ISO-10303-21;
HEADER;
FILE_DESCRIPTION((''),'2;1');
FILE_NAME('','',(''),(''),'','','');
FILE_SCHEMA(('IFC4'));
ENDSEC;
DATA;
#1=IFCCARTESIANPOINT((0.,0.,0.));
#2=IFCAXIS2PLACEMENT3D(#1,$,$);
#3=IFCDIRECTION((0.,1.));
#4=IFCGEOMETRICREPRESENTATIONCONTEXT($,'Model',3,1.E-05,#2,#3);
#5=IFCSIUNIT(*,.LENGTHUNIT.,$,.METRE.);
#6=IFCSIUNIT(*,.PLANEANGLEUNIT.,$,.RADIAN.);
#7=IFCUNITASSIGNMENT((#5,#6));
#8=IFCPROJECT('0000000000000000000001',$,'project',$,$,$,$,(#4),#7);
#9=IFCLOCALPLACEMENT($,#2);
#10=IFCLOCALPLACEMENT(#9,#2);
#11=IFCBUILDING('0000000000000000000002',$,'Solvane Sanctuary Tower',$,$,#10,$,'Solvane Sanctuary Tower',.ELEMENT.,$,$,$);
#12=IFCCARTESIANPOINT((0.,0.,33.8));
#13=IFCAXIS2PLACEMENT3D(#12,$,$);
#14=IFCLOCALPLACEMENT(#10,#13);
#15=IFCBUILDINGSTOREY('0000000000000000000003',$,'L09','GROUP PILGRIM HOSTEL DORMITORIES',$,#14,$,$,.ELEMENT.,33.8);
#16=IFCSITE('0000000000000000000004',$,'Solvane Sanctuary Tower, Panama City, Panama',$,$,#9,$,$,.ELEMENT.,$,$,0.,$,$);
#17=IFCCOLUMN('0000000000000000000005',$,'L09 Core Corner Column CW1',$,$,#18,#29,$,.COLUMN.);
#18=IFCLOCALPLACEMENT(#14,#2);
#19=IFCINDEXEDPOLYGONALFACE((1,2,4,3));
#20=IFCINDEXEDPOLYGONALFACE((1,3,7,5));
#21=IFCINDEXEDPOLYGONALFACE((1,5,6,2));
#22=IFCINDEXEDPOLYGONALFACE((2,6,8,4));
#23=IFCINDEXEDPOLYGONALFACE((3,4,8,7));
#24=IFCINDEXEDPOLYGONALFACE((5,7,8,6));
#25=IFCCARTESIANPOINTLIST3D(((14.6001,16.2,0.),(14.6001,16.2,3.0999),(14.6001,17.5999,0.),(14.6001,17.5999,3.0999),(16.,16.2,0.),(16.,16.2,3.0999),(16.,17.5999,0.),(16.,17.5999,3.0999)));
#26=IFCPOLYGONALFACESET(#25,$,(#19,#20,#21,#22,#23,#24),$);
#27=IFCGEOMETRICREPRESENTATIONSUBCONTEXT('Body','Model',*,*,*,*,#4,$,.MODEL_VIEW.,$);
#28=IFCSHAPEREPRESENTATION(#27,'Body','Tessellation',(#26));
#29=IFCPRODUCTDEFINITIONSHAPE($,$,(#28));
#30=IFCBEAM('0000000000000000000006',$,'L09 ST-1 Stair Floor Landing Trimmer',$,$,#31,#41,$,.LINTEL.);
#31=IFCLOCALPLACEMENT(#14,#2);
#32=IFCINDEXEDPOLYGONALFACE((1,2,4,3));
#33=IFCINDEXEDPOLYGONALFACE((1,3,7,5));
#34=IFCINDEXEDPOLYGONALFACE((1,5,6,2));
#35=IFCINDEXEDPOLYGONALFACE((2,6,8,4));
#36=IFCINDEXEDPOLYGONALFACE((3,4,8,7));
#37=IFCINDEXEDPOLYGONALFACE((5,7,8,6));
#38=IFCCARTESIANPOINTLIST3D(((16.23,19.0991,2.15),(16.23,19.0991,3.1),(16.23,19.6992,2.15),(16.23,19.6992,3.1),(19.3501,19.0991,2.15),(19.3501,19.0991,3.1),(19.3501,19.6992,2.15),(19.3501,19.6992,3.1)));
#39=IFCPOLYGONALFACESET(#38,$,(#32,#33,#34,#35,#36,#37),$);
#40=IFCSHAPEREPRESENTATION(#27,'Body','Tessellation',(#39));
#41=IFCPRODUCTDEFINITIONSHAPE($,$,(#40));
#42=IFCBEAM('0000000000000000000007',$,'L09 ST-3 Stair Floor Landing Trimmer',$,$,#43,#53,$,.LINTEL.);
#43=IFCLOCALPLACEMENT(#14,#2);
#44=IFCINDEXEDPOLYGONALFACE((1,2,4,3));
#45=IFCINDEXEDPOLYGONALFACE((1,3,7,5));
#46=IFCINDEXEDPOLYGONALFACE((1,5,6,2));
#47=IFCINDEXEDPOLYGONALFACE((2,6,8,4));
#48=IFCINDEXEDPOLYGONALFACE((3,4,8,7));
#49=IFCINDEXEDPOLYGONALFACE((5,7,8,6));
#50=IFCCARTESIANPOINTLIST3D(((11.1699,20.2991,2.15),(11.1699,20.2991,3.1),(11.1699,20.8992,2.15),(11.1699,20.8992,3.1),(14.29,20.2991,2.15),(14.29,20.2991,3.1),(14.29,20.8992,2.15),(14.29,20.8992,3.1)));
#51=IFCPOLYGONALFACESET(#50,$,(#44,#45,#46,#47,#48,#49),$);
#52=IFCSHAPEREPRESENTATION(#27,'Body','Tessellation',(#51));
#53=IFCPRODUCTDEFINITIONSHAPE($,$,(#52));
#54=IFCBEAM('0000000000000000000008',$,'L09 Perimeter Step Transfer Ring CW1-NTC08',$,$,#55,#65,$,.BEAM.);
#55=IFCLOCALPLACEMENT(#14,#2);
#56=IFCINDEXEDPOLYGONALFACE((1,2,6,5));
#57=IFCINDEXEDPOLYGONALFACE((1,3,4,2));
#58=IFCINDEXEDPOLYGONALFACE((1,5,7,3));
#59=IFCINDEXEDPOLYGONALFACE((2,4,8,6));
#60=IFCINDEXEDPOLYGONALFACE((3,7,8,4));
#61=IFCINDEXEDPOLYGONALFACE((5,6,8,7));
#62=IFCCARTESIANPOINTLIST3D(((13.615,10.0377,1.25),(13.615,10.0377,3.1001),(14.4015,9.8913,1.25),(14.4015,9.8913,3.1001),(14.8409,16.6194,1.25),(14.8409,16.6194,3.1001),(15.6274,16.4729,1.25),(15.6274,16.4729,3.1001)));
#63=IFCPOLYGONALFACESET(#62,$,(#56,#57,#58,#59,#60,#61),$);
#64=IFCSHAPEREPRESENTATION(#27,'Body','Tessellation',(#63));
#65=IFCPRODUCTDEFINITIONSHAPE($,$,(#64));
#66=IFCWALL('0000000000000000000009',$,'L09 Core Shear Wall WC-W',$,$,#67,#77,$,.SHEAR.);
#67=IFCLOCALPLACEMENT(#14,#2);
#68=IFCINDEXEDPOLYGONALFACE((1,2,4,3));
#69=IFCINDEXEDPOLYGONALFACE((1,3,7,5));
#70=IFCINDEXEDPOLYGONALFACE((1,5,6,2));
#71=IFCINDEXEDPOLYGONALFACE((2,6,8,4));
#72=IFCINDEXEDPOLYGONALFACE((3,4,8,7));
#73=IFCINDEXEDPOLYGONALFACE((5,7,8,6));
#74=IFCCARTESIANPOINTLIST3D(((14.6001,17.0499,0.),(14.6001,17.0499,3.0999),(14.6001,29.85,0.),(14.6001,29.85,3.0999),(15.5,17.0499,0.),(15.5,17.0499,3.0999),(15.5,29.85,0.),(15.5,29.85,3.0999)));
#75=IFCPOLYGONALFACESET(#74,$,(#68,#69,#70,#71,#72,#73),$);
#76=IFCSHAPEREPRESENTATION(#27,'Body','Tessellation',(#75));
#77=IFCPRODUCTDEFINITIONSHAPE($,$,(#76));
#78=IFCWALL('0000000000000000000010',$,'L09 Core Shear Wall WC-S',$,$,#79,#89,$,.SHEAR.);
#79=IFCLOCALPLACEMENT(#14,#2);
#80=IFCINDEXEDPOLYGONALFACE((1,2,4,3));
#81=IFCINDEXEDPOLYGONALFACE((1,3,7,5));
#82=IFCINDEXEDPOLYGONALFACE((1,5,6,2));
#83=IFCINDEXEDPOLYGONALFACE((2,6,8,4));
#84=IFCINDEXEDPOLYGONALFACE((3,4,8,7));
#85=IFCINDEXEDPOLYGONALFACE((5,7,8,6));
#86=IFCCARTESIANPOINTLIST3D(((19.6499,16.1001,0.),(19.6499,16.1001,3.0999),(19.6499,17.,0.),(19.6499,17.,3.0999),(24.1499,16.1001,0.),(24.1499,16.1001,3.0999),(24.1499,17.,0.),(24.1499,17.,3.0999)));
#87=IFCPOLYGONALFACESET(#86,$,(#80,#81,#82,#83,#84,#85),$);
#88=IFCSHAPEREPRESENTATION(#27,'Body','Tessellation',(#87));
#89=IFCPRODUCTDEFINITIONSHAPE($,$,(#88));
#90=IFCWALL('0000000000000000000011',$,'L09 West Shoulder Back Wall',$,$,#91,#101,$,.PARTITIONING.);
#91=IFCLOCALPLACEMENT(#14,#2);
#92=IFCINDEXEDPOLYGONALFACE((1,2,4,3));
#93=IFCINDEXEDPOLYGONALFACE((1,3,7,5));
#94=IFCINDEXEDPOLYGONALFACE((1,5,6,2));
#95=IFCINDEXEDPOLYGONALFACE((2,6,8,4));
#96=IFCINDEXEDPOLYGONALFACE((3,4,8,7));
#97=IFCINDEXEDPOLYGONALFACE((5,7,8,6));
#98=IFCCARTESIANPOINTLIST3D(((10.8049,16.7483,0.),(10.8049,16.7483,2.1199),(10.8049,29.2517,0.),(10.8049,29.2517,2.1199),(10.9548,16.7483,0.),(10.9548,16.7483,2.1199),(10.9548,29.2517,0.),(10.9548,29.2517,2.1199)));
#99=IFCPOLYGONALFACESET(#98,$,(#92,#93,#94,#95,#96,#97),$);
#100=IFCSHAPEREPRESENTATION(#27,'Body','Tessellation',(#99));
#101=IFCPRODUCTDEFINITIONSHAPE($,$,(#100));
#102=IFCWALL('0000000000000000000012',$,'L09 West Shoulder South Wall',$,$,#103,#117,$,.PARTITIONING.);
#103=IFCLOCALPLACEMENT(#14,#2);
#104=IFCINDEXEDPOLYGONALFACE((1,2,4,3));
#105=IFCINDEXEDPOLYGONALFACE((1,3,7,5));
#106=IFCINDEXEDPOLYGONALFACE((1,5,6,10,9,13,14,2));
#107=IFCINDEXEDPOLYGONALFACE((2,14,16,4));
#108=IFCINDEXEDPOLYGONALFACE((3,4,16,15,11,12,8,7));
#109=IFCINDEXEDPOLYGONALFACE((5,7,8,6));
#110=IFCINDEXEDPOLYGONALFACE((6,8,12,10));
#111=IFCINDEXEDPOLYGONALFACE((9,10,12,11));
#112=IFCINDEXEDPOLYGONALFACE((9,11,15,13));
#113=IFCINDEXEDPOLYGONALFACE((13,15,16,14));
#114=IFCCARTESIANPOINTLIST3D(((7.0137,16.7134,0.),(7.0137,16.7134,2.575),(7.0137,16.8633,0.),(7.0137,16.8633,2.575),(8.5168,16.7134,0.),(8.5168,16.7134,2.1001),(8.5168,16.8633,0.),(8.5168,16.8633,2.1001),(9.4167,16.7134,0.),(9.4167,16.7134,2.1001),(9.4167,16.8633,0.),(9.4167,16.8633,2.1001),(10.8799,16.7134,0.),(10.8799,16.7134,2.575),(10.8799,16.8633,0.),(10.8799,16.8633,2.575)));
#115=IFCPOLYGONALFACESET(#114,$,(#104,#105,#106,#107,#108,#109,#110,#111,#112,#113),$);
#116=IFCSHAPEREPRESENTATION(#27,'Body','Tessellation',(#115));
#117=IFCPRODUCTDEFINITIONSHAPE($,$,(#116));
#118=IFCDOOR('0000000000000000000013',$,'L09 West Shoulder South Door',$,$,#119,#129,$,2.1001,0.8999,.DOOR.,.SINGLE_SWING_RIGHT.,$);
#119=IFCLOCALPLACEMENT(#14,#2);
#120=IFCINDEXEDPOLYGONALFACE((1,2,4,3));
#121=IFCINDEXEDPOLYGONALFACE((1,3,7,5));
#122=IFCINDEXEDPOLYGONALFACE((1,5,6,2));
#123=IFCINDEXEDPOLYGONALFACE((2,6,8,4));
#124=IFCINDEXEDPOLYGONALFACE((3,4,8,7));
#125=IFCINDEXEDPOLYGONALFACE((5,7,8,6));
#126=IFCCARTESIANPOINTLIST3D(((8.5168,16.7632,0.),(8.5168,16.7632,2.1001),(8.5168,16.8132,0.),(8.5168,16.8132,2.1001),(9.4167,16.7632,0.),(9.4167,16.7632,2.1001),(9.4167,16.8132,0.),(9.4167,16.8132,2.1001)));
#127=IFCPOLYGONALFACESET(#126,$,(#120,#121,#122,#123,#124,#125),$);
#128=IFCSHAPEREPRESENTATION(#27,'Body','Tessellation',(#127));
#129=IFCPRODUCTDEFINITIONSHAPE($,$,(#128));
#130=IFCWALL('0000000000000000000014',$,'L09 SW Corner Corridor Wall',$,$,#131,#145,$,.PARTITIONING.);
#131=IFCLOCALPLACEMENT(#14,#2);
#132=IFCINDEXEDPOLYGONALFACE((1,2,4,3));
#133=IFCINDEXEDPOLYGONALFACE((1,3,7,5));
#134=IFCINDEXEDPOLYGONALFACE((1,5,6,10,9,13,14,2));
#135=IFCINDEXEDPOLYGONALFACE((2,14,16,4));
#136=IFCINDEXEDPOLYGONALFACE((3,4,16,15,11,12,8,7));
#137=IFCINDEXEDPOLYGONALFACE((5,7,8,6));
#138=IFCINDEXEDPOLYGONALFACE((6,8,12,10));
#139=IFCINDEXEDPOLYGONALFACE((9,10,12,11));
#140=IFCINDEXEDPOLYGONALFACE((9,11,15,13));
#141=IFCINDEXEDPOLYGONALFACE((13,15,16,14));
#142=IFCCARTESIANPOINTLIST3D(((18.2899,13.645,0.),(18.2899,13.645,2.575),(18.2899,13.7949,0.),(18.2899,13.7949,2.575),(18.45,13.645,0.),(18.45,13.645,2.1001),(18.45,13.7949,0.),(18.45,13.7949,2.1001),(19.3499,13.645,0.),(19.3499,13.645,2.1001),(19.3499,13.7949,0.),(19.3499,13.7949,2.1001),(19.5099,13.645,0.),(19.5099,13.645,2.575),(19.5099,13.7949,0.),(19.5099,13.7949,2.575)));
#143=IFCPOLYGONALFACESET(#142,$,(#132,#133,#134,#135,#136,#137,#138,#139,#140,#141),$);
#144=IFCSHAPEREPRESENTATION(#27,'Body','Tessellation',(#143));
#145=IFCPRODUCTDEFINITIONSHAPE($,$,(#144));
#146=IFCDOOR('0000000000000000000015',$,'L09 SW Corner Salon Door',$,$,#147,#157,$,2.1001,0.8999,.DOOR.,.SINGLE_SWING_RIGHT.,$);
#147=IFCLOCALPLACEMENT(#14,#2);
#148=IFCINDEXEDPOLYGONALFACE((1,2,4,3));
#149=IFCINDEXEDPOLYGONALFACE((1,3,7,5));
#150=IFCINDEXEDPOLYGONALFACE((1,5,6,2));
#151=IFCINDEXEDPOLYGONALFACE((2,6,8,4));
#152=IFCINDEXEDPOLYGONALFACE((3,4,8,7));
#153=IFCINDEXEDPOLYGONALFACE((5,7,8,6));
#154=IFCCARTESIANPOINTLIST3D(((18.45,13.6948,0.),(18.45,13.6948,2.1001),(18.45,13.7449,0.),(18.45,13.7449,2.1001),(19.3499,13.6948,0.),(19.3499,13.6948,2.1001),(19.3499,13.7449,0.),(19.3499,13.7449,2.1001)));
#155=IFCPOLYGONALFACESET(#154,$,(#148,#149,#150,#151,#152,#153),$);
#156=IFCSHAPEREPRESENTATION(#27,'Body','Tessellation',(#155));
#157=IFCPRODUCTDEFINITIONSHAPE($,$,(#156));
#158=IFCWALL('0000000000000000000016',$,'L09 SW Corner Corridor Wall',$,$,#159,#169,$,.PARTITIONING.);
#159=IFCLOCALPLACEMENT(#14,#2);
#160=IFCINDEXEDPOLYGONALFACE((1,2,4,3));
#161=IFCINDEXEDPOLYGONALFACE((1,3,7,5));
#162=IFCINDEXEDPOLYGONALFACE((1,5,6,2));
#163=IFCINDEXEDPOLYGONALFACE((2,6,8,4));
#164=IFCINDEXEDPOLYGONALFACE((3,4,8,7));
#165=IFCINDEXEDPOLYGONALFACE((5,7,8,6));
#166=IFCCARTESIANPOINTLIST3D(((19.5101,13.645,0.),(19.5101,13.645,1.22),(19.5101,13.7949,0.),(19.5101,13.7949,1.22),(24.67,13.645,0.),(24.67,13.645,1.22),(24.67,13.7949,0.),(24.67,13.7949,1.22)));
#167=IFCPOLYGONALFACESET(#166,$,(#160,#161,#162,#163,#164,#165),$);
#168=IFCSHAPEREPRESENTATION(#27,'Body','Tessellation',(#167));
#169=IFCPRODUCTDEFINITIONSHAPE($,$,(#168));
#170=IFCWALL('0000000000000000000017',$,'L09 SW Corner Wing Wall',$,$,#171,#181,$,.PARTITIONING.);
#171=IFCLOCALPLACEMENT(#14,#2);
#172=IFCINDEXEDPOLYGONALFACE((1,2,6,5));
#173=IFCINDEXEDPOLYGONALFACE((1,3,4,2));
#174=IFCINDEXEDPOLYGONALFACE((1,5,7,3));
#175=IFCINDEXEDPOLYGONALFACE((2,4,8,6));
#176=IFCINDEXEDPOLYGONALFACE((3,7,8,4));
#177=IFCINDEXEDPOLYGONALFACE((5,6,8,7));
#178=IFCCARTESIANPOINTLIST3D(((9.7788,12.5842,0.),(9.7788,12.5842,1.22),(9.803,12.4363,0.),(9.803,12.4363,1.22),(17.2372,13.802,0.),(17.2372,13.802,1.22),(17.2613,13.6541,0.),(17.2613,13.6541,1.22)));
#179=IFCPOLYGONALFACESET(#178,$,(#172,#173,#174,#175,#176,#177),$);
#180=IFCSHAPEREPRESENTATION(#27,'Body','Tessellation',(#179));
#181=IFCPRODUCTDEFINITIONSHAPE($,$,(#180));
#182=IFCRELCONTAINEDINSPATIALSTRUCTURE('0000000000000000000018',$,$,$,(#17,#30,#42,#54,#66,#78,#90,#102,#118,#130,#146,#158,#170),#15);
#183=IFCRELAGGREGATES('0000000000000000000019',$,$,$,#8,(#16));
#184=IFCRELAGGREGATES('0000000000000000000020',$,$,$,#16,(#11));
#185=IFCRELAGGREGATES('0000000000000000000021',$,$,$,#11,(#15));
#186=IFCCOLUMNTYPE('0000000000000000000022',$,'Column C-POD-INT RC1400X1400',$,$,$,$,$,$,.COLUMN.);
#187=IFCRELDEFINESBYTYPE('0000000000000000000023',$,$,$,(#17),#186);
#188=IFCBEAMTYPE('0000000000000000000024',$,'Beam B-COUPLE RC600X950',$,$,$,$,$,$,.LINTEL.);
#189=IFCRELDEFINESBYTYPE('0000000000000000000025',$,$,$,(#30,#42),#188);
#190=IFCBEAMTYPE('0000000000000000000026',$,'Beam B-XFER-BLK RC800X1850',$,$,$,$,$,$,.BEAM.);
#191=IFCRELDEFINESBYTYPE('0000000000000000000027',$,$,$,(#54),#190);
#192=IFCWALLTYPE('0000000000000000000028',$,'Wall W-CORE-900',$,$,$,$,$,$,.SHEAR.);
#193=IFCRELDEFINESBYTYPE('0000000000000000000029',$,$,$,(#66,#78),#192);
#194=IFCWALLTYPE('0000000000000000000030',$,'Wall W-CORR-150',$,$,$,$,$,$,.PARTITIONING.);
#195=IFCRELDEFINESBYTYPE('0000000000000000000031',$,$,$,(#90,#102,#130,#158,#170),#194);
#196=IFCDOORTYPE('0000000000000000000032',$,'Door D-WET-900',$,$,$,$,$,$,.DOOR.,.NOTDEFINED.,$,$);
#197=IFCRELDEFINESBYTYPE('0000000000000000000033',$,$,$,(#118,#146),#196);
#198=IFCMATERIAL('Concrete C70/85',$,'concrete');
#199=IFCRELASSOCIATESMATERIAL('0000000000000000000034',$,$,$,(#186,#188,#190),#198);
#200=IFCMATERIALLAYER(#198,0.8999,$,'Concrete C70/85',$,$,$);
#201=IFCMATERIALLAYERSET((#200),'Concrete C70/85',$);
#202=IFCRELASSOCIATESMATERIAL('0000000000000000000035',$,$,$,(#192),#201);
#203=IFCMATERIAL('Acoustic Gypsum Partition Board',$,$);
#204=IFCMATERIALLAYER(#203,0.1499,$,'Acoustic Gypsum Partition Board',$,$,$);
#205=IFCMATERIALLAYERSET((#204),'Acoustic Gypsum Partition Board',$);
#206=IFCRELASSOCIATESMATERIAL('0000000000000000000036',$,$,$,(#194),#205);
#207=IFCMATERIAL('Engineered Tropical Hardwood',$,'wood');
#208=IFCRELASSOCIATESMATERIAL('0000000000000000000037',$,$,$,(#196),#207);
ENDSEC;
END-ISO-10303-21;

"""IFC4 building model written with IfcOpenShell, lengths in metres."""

from ifc_helpers import new_model, si_unit, direction, frame, frame_2d, origin, origin_2d, place, context, subcontext, project, spatial, rectangle, extrude, material, layer, layer_set, material_profile, profile_set, type_object, element, fill, save


model = new_model("IFC4")

# Units and contexts
model_context = context("Model", 3, precision=1e-05, world=origin(), true_north=direction((0.0, 1.0)))
body_context = subcontext(model_context, "Body", "Model", "MODEL_VIEW")
ifc_project = project(units=[si_unit("LENGTHUNIT", "METRE"), si_unit("PLANEANGLEUNIT", "RADIAN")], contexts=[model_context])

# Site, building, storey
site_placement = place(None, origin())
site = spatial("IfcSite", under=ifc_project, at=site_placement, Name="Solvane Sanctuary Tower, Panama City, Panama", CompositionType="ELEMENT", RefElevation=0.0)
building_placement = place(site_placement, origin())
building = spatial("IfcBuilding", under=site, at=building_placement, Name="Solvane Sanctuary Tower", LongName="Solvane Sanctuary Tower", CompositionType="ELEMENT")
storey_placement = place(building_placement, frame((0.0, 0.0, 33.8)))
storey = spatial("IfcBuildingStorey", under=building, at=storey_placement, Name="L09", Description="GROUP PILGRIM HOSTEL DORMITORIES", CompositionType="ELEMENT", Elevation=33.8)

# Column
ifc_material_1 = material(Name="Concrete C70/85", Category="concrete")
ifc_material_profile_1 = material_profile(ifc_material_1, rectangle(XDim=1.3999, YDim=1.3999, at=origin_2d()), Name="RC1400X1400")
ifc_profile_set_1 = profile_set([ifc_material_profile_1], Name="Concrete C70/85")
column_type = type_object("IfcColumnType", Name="Column C-POD-INT RC1400X1400", PredefinedType="COLUMN", material=ifc_profile_set_1)
column_placement = place(storey_placement, frame((15.3, 16.8999, 0.0), z_axis=(0.0, 0.0, 1.0), x_axis=(1.0, 0.0, 0.0)))
element("IfcColumn", 1, at=column_placement, inside=storey, type_object=column_type, Name="L09 Core Corner Column CW1", PredefinedType="COLUMN", context=body_context, shape_type="SweptSolid", body=[
    extrude(rectangle(XDim=1.3999, YDim=1.3999, at=origin_2d()), origin(), (0.0, 0.0, 1.0), 3.0999),
])

# Beams
ifc_material_profile_2 = material_profile(ifc_material_1, rectangle(XDim=0.6001, YDim=0.95, at=origin_2d()), Name="RC600X950")
ifc_profile_set_2 = profile_set([ifc_material_profile_2], Name="Concrete C70/85")
beam_type_1 = type_object("IfcBeamType", Name="Beam B-COUPLE RC600X950", PredefinedType="LINTEL", material=ifc_profile_set_2)
for number, where, z_axis, x_axis, name in (
    (2, (16.23, 19.3992, 2.625), (1.0, 0.0, 0.0), (0.0, 1.0, 0.0), "L09 ST-1 Stair Floor Landing Trimmer"),
    (3, (11.1699, 20.5991, 2.625), (1.0, 0.0, 0.0), (0.0, 1.0, 0.0), "L09 ST-3 Stair Floor Landing Trimmer"),
):
    element("IfcBeam", number, at=place(storey_placement, frame(where, z_axis=z_axis, x_axis=x_axis)), inside=storey, type_object=beam_type_1, Name=name, PredefinedType="LINTEL", context=body_context, shape_type="SweptSolid", body=[
        extrude(rectangle(XDim=0.6001, YDim=0.95, at=origin_2d()), origin(), (0.0, 0.0, 1.0), 3.1201),
    ])
ifc_material_profile_3 = material_profile(ifc_material_1, rectangle(XDim=0.8, YDim=1.8501, at=origin_2d()), Name="RC800X1850")
ifc_profile_set_3 = profile_set([ifc_material_profile_3], Name="Concrete C70/85")
beam_type_2 = type_object("IfcBeamType", Name="Beam B-XFER-BLK RC800X1850", PredefinedType="BEAM", material=ifc_profile_set_3)
beam_placement = place(storey_placement, frame((15.2341, 16.5461, 2.175), z_axis=(-0.183104, -0.983094, 0.0), x_axis=(0.983094, -0.183104, 0.0)))
element("IfcBeam", 4, at=beam_placement, inside=storey, type_object=beam_type_2, Name="L09 Perimeter Step Transfer Ring CW1-NTC08", PredefinedType="BEAM", context=body_context, shape_type="SweptSolid", body=[
    extrude(rectangle(XDim=0.8, YDim=1.8501, at=origin_2d()), origin(), (0.0, 0.0, 1.0), 6.6948),
])

# Walls
ifc_layer_1 = layer(ifc_material_1, 0.8999, Name="Concrete C70/85")
ifc_layer_set_1 = layer_set([ifc_layer_1], Name="Concrete C70/85")
wall_type_1 = type_object("IfcWallType", Name="Wall W-CORE-900", PredefinedType="SHEAR", material=ifc_layer_set_1)
wall_1_placement = place(storey_placement, frame((15.05, 17.05, 0.0), z_axis=(0.0, 0.0, 1.0), x_axis=(0.0, 1.0, 0.0)))
element("IfcWall", 5, at=wall_1_placement, inside=storey, type_object=wall_type_1, Name="L09 Core Shear Wall WC-W", PredefinedType="SHEAR", context=body_context, shape_type="SweptSolid", body=[
    extrude(rectangle(XDim=12.8, YDim=0.8999, at=frame_2d((6.3999, 0.0))), origin(), (0.0, 0.0, 1.0), 3.0999),
])
wall_2_placement = place(storey_placement, frame((19.6499, 16.55, 0.0), z_axis=(0.0, 0.0, 1.0), x_axis=(1.0, 0.0, 0.0)))
element("IfcWall", 6, at=wall_2_placement, inside=storey, type_object=wall_type_1, Name="L09 Core Shear Wall WC-S", PredefinedType="SHEAR", context=body_context, shape_type="SweptSolid", body=[
    extrude(rectangle(XDim=4.5, YDim=0.8999, at=frame_2d((2.25, 0.0))), origin(), (0.0, 0.0, 1.0), 3.0999),
])
ifc_material_2 = material(Name="Acoustic Gypsum Partition Board")
ifc_layer_2 = layer(ifc_material_2, 0.1499, Name="Acoustic Gypsum Partition Board")
ifc_layer_set_2 = layer_set([ifc_layer_2], Name="Acoustic Gypsum Partition Board")
wall_type_2 = type_object("IfcWallType", Name="Wall W-CORR-150", PredefinedType="PARTITIONING", material=ifc_layer_set_2)
wall_3_placement = place(storey_placement, frame((10.8799, 16.7483, 0.0), z_axis=(0.0, 0.0, 1.0), x_axis=(0.0, 1.0, 0.0)))
element("IfcWall", 7, at=wall_3_placement, inside=storey, type_object=wall_type_2, Name="L09 West Shoulder Back Wall", PredefinedType="PARTITIONING", context=body_context, shape_type="SweptSolid", body=[
    extrude(rectangle(XDim=12.5034, YDim=0.1499, at=frame_2d((6.2517, 0.0))), origin(), (0.0, 0.0, 1.0), 2.1199),
])

# Walls, openings, doors
wall_4_placement = place(storey_placement, frame((7.0137, 16.7883, 0.0), z_axis=(0.0, 0.0, 1.0), x_axis=(1.0, 0.0, 0.0)))
wall_4 = element("IfcWall", 8, at=wall_4_placement, inside=storey, type_object=wall_type_2, Name="L09 West Shoulder South Wall", PredefinedType="PARTITIONING", context=body_context, shape_type="SweptSolid", body=[
    extrude(rectangle(XDim=3.8662, YDim=0.1499, at=frame_2d((1.9331, 0.0))), origin(), (0.0, 0.0, 1.0), 2.575),
])
opening_1_placement = place(wall_4_placement, frame((1.5032, 0.0, 0.0)))
opening_1 = element("IfcOpeningElement", 9, at=opening_1_placement, cuts=wall_4, PredefinedType="OPENING", context=body_context, shape_type="SweptSolid", body=[
    extrude(rectangle(XDim=0.8999, YDim=2.1001, at=frame_2d((0.45, 1.05))), frame((0.0, 0.085, 0.0), z_axis=(0.0, -1.0, 0.0), x_axis=(1.0, 0.0, 0.0)), (0.0, 0.0, 1.0), 0.1699),
])
ifc_material_3 = material(Name="Engineered Tropical Hardwood", Category="wood")
door_type_1 = type_object("IfcDoorType", Name="Door D-WET-900", OperationType="NOTDEFINED", PredefinedType="DOOR", material=ifc_material_3)
door_1_placement = place(opening_1_placement, origin())
door_1 = element("IfcDoor", 10, at=door_1_placement, inside=storey, type_object=door_type_1, Name="L09 West Shoulder South Door", OperationType="SINGLE_SWING_RIGHT", OverallHeight=2.1001, OverallWidth=0.8999, PredefinedType="DOOR", context=body_context, shape_type="SweptSolid", body=[
    extrude(rectangle(XDim=0.8999, YDim=2.1001, at=frame_2d((0.45, 1.05))), frame((0.0, 0.0249, 0.0), z_axis=(0.0, -1.0, 0.0), x_axis=(1.0, 0.0, 0.0)), (0.0, 0.0, 1.0), 0.05),
])
fill(opening_1, door_1)
wall_5_placement = place(storey_placement, frame((18.29, 13.72, 0.0), z_axis=(0.0, 0.0, 1.0), x_axis=(1.0, 0.0, 0.0)))
wall_5 = element("IfcWall", 11, at=wall_5_placement, inside=storey, type_object=wall_type_2, Name="L09 SW Corner Corridor Wall", PredefinedType="PARTITIONING", context=body_context, shape_type="SweptSolid", body=[
    extrude(rectangle(XDim=1.22, YDim=0.1499, at=frame_2d((0.6099, 0.0))), origin(), (0.0, 0.0, 1.0), 2.575),
])
opening_2_placement = place(wall_5_placement, frame((0.1599, 0.0, 0.0)))
opening_2 = element("IfcOpeningElement", 12, at=opening_2_placement, cuts=wall_5, PredefinedType="OPENING", context=body_context, shape_type="SweptSolid", body=[
    extrude(rectangle(XDim=0.8999, YDim=2.1001, at=frame_2d((0.45, 1.05))), frame((0.0, 0.085, 0.0), z_axis=(0.0, -1.0, 0.0), x_axis=(1.0, 0.0, 0.0)), (0.0, 0.0, 1.0), 0.1699),
])
door_2_placement = place(opening_2_placement, origin())
door_2 = element("IfcDoor", 13, at=door_2_placement, inside=storey, type_object=door_type_1, Name="L09 SW Corner Salon Door", OperationType="SINGLE_SWING_RIGHT", OverallHeight=2.1001, OverallWidth=0.8999, PredefinedType="DOOR", context=body_context, shape_type="SweptSolid", body=[
    extrude(rectangle(XDim=0.8999, YDim=2.1001, at=frame_2d((0.45, 1.05))), frame((0.0, 0.0249, 0.0), z_axis=(0.0, -1.0, 0.0), x_axis=(1.0, 0.0, 0.0)), (0.0, 0.0, 1.0), 0.05),
])
fill(opening_2, door_2)

# Walls
wall_6_placement = place(storey_placement, frame((19.51, 13.72, 0.0), z_axis=(0.0, 0.0, 1.0), x_axis=(1.0, 0.0, 0.0)))
element("IfcWall", 14, at=wall_6_placement, inside=storey, type_object=wall_type_2, Name="L09 SW Corner Corridor Wall", PredefinedType="PARTITIONING", context=body_context, shape_type="SweptSolid", body=[
    extrude(rectangle(XDim=5.1599, YDim=0.1499, at=frame_2d((2.5801, 0.0))), origin(), (0.0, 0.0, 1.0), 1.22),
])
wall_7_placement = place(storey_placement, frame((17.2493, 13.728, 0.0), z_axis=(0.0, 0.0, 1.0), x_axis=(-0.986931, -0.161145, 0.0)))
element("IfcWall", 15, at=wall_7_placement, inside=storey, type_object=wall_type_2, Name="L09 SW Corner Wing Wall", PredefinedType="PARTITIONING", context=body_context, shape_type="SweptSolid", body=[
    extrude(rectangle(XDim=7.5571, YDim=0.1499, at=frame_2d((3.7786, 0.0))), origin(), (0.0, 0.0, 1.0), 1.22),
])

save(model, "model.ifc")
